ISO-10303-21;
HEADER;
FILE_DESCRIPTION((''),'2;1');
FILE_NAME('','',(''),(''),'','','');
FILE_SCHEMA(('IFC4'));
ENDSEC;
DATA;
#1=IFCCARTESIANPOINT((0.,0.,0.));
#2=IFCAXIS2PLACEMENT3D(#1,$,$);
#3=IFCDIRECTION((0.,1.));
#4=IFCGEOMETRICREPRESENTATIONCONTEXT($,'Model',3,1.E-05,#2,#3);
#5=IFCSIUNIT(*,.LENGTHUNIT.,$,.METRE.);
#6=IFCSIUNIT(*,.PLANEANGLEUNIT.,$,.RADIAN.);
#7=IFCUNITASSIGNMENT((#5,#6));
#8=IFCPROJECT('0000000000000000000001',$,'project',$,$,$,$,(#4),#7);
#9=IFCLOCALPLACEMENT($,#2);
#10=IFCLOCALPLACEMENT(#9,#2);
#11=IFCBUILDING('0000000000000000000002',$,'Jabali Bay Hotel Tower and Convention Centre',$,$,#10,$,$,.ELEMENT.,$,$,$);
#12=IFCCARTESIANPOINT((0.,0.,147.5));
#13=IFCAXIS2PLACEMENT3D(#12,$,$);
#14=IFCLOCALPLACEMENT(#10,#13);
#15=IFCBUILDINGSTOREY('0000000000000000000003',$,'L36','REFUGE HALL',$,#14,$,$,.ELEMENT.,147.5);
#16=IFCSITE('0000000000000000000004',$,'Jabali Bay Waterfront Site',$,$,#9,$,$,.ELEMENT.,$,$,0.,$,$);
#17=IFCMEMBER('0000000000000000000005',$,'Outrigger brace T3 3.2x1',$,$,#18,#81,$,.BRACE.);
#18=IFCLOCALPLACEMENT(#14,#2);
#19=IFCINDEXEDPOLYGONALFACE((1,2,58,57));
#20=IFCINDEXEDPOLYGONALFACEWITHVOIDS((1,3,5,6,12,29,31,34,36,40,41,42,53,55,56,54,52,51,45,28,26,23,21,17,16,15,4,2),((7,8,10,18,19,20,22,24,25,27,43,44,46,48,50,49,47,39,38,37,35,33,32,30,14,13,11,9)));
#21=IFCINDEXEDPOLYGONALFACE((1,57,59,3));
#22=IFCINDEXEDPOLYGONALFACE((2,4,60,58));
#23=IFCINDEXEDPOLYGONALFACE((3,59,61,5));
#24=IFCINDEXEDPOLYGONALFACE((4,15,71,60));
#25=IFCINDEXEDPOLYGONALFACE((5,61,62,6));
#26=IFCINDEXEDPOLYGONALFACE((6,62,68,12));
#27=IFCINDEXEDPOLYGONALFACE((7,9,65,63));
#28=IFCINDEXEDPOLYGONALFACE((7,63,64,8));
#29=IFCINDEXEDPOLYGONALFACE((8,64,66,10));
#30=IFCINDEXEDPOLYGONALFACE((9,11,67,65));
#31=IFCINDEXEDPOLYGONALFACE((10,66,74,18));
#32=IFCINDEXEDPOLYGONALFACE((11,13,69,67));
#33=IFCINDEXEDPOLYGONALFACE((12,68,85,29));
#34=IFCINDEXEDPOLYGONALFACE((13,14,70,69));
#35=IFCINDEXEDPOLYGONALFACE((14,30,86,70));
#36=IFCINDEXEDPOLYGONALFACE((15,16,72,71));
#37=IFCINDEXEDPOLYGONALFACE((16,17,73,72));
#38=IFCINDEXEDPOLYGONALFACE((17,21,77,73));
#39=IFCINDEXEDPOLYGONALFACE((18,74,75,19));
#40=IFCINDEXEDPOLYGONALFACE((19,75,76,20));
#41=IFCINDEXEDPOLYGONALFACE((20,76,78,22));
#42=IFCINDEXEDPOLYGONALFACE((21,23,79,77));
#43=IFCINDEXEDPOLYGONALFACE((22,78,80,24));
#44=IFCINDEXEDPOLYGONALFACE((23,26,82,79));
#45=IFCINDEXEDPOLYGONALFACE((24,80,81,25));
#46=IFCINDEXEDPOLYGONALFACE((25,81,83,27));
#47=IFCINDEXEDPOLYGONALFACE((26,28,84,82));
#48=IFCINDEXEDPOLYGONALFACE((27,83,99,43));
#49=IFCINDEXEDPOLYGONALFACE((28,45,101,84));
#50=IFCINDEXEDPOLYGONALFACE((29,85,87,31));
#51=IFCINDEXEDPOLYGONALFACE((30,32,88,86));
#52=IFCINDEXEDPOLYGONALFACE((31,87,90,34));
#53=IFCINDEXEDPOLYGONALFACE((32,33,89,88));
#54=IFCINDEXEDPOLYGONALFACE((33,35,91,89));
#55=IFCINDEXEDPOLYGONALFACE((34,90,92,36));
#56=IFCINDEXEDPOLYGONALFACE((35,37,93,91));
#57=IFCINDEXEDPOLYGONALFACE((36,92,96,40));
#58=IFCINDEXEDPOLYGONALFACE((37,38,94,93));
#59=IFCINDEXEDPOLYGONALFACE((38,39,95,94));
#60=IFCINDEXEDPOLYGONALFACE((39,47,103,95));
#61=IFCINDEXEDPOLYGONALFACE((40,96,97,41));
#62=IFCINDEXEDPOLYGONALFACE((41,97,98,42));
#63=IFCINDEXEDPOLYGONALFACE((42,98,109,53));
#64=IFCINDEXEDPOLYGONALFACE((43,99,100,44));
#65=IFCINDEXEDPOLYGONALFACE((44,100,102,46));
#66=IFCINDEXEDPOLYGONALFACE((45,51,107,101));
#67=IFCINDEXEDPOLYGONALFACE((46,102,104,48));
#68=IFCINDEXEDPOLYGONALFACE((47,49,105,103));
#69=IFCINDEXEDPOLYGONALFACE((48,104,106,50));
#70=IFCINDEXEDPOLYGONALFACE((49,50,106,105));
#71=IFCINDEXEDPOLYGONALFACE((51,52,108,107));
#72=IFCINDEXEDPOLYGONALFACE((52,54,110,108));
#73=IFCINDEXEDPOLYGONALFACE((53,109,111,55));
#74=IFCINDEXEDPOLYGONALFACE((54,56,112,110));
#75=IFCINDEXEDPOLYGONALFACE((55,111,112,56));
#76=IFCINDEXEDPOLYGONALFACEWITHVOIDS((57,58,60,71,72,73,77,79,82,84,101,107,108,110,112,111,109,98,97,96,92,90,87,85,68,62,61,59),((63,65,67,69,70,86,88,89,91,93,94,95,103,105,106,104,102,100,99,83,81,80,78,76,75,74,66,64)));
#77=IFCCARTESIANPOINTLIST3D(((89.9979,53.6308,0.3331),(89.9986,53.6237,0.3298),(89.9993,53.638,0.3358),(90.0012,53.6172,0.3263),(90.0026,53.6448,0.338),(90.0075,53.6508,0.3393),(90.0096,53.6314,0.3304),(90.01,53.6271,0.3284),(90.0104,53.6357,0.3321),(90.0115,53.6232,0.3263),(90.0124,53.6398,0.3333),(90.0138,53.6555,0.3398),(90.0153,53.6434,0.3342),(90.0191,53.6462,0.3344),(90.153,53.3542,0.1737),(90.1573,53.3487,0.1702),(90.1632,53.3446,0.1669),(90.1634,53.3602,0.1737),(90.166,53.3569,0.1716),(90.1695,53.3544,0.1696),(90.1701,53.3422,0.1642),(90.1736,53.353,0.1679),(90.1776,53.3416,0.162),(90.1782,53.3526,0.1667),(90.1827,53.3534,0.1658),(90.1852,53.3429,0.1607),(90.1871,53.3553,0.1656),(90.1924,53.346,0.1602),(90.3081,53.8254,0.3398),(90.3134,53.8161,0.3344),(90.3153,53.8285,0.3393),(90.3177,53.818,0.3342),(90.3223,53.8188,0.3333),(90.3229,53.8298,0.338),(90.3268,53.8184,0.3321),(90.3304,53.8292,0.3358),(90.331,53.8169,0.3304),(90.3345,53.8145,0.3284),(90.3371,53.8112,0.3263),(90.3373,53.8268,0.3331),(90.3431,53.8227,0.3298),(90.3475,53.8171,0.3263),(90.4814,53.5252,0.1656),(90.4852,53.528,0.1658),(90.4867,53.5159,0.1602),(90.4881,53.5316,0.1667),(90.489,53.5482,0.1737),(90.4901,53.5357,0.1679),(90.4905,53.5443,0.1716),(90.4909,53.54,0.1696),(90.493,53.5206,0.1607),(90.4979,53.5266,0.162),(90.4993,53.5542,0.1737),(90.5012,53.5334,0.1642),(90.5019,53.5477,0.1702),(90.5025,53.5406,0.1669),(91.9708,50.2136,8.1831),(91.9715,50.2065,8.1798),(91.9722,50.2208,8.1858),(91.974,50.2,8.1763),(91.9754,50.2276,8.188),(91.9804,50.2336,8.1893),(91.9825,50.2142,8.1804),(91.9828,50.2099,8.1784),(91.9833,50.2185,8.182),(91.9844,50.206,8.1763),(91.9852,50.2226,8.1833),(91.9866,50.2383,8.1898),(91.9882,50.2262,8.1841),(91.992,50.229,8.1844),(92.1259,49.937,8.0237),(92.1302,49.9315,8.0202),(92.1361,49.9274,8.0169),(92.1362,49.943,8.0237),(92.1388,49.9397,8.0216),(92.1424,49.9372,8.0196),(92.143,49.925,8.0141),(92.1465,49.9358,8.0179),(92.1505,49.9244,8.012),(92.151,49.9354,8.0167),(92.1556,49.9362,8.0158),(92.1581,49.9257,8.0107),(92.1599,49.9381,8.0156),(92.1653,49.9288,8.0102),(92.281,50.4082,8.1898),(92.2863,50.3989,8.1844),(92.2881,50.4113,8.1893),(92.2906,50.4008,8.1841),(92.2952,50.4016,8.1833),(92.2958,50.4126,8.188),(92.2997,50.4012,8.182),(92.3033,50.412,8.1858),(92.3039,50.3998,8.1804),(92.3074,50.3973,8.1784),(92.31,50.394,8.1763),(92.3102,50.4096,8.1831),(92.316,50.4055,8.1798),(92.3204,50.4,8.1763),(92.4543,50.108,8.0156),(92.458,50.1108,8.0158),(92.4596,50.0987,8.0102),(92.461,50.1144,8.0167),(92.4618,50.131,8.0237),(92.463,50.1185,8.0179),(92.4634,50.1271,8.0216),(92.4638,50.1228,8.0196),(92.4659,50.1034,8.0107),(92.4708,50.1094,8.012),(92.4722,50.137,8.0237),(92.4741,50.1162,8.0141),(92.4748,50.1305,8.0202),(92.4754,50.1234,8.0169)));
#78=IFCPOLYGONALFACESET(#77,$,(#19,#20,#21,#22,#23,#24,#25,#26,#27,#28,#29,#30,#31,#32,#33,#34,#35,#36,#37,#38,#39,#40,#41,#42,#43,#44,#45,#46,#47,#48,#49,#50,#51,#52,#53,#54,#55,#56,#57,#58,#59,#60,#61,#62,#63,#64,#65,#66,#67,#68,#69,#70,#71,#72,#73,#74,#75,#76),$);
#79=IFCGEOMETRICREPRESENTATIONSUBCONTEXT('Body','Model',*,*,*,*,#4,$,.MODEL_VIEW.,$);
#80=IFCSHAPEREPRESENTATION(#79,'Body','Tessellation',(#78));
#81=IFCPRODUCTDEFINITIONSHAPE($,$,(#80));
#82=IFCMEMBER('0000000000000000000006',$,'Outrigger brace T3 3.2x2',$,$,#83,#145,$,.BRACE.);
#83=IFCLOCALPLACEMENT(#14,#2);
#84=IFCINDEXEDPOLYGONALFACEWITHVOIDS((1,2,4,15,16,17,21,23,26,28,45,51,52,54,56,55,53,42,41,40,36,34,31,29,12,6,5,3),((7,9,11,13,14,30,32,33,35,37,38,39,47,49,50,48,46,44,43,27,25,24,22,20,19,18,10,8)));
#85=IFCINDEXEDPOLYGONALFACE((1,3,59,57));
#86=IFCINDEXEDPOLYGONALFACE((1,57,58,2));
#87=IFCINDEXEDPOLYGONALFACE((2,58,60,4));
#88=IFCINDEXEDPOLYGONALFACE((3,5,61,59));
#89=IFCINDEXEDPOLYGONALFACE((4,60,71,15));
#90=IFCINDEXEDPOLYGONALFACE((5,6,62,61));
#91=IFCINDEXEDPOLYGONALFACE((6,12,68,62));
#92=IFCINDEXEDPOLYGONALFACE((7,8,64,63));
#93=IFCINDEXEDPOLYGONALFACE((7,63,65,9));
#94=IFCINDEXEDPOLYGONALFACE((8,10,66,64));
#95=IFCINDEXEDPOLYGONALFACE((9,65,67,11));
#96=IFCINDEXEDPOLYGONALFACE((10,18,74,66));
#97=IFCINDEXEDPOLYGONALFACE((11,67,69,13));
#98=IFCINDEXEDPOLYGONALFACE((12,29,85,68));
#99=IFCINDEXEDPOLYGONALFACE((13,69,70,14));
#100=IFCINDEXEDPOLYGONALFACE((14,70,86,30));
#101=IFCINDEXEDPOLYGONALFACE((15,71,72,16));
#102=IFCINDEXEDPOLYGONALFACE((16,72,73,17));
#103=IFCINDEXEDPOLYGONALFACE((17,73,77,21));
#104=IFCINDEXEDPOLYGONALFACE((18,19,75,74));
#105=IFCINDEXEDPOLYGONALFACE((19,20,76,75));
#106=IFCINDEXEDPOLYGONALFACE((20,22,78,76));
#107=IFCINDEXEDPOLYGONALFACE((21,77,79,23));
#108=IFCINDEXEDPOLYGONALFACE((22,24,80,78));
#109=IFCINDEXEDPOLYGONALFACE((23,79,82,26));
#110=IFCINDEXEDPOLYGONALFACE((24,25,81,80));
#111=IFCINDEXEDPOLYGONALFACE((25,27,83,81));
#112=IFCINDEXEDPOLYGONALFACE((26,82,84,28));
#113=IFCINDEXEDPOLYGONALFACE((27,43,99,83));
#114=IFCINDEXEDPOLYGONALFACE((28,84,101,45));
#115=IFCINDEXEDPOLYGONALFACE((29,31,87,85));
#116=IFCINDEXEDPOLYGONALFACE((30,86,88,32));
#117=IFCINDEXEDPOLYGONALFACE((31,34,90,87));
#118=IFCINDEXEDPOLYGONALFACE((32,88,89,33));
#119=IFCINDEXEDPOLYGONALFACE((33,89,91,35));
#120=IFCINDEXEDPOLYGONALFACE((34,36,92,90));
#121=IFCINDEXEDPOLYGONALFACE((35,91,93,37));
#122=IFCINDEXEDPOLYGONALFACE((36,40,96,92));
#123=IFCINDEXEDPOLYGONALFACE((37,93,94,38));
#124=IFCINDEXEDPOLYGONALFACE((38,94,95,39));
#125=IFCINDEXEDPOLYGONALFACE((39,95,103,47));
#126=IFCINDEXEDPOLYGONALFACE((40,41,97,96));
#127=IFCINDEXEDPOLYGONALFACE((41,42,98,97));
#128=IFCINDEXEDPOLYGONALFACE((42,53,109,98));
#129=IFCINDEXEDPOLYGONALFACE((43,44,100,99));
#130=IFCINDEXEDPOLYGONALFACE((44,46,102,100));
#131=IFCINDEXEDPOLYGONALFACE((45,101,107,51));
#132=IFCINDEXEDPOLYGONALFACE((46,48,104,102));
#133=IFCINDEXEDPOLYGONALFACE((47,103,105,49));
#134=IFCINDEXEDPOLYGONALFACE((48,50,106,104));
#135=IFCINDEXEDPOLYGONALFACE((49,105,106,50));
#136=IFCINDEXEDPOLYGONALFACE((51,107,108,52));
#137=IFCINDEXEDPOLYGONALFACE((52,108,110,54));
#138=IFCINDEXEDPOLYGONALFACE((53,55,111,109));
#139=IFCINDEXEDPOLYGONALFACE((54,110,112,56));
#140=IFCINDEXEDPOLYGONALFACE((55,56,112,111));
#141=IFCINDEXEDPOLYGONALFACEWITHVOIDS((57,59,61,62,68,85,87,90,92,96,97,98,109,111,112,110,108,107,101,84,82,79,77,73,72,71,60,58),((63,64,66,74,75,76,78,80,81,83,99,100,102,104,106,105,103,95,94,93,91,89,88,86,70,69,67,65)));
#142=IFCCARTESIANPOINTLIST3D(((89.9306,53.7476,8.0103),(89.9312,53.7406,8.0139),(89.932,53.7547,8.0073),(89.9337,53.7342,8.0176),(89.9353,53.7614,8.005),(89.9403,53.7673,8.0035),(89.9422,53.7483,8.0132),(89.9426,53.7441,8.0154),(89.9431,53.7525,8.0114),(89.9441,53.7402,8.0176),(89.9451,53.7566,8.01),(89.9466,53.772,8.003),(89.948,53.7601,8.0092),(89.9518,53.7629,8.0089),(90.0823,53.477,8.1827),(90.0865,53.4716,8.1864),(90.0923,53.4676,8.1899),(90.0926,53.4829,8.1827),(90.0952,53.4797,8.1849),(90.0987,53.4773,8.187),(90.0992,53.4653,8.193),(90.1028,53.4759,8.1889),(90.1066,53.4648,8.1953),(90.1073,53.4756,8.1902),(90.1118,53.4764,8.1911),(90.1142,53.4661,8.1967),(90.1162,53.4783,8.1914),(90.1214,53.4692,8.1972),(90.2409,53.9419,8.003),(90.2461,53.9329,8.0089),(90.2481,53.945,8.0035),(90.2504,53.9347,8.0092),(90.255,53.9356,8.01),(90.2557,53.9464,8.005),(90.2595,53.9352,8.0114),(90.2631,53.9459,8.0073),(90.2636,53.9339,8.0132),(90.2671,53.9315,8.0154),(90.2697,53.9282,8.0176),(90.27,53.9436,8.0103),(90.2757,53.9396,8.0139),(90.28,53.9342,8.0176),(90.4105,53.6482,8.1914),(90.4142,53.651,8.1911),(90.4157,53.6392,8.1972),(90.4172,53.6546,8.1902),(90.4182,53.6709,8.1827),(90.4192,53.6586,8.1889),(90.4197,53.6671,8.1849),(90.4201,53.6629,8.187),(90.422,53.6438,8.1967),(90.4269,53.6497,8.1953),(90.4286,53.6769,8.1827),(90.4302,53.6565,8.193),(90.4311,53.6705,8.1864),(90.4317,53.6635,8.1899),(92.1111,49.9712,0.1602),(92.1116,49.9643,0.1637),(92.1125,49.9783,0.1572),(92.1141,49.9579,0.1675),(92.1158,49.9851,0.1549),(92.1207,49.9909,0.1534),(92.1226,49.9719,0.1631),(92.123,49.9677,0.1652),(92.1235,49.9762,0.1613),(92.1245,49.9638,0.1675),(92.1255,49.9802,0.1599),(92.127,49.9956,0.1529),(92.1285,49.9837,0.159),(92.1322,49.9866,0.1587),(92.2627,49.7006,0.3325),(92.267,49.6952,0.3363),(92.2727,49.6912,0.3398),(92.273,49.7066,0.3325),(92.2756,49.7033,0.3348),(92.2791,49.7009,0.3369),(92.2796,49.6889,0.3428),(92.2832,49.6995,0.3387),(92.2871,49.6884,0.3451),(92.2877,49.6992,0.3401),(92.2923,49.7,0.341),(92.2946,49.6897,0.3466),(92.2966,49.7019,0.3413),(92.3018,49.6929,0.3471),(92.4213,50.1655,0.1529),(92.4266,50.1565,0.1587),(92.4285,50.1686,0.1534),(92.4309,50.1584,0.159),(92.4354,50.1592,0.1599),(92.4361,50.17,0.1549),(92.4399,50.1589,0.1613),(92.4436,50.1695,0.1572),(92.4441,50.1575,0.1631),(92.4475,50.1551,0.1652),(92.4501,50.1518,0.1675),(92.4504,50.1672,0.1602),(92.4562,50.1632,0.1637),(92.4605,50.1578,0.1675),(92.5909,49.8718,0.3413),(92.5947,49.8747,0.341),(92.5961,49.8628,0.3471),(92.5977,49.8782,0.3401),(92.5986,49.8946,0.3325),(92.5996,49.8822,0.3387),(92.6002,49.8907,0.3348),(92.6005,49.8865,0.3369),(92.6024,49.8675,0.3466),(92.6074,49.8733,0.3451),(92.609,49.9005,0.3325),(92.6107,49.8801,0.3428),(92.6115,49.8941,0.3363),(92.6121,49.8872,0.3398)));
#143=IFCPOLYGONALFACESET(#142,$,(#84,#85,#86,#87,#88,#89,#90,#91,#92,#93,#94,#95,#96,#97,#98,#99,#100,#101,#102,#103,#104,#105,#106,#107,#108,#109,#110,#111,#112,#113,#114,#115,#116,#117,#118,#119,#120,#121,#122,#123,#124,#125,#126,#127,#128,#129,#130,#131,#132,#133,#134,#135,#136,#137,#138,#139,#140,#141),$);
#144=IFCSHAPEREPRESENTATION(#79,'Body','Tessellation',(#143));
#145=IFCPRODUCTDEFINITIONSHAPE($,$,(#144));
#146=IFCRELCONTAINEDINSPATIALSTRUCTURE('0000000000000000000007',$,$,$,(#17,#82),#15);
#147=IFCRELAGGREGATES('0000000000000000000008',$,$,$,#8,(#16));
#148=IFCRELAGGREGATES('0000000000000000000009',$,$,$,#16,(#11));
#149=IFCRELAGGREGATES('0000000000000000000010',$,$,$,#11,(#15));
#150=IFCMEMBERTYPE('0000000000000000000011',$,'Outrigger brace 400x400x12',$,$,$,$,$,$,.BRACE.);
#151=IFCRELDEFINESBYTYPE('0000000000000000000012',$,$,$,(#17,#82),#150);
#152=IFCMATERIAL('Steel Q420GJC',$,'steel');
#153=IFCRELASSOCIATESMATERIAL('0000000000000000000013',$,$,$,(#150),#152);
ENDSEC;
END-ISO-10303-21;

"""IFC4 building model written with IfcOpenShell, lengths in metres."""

from ifc_helpers import new_model, si_unit, direction, frame, origin, origin_2d, place, context, subcontext, project, spatial, hollow_rectangle, extrude, material, material_profile, profile_set, type_object, element, save


model = new_model("IFC4")

# Units and contexts
model_context = context("Model", 3, precision=1e-05, world=origin(), true_north=direction((0.0, 1.0)))
body_context = subcontext(model_context, "Body", "Model", "MODEL_VIEW")
ifc_project = project(units=[si_unit("LENGTHUNIT", "METRE"), si_unit("PLANEANGLEUNIT", "RADIAN")], contexts=[model_context])

# Site, building, storey
site_placement = place(None, origin())
site = spatial("IfcSite", under=ifc_project, at=site_placement, Name="Jabali Bay Waterfront Site", CompositionType="ELEMENT", RefElevation=0.0)
building_placement = place(site_placement, origin())
building = spatial("IfcBuilding", under=site, at=building_placement, Name="Jabali Bay Hotel Tower and Convention Centre", CompositionType="ELEMENT")
storey_placement = place(building_placement, frame((0.0, 0.0, 147.5)))
storey = spatial("IfcBuildingStorey", under=building, at=storey_placement, Name="L36", Description="REFUGE HALL", CompositionType="ELEMENT", Elevation=147.5)

# Members
ifc_material_1 = material(Name="Steel Q420GJC", Category="steel")
ifc_material_profile_1 = material_profile(ifc_material_1, hollow_rectangle(XDim=0.3999, YDim=0.3999, WallThickness=0.012, InnerFilletRadius=0.0181, OuterFilletRadius=0.03, at=origin_2d()), Name="Outrigger brace 400x400x12")
ifc_profile_set_1 = profile_set([ifc_material_profile_1], Name="Steel Q420GJC")
member_type_1 = type_object("IfcMemberType", Name="Outrigger brace 400x400x12", PredefinedType="BRACE", material=ifc_profile_set_1)
member_1_placement = place(storey_placement, frame((90.2502, 53.5857, 0.25), z_axis=(0.22455, -0.388941, 0.893478), x_axis=(0.86603, 0.499992, 0.0)))
element("IfcMember", 1, at=member_1_placement, inside=storey, type_object=member_type_1, Name="Outrigger brace T3 3.2x1", PredefinedType="BRACE", context=body_context, shape_type="SweptSolid", body=[
    extrude(hollow_rectangle(XDim=0.3999, YDim=0.3999, WallThickness=0.012, InnerFilletRadius=0.0181, OuterFilletRadius=0.03, at=origin_2d()), origin(), (0.0, 0.0, 1.0), 8.7859),
])
member_2_placement = place(storey_placement, frame((92.3616, 49.9292, 0.25), z_axis=(-0.24281, 0.420534, 0.874182), x_axis=(-0.866012, -0.500023, 0.0)))
element("IfcMember", 2, at=member_2_placement, inside=storey, type_object=member_type_1, Name="Outrigger brace T3 3.2x2", PredefinedType="BRACE", context=body_context, shape_type="SweptSolid", body=[
    extrude(hollow_rectangle(XDim=0.3999, YDim=0.3999, WallThickness=0.012, InnerFilletRadius=0.0181, OuterFilletRadius=0.03, at=origin_2d()), origin(), (0.0, 0.0, 1.0), 8.98),
])

save(model, "model.ifc")
